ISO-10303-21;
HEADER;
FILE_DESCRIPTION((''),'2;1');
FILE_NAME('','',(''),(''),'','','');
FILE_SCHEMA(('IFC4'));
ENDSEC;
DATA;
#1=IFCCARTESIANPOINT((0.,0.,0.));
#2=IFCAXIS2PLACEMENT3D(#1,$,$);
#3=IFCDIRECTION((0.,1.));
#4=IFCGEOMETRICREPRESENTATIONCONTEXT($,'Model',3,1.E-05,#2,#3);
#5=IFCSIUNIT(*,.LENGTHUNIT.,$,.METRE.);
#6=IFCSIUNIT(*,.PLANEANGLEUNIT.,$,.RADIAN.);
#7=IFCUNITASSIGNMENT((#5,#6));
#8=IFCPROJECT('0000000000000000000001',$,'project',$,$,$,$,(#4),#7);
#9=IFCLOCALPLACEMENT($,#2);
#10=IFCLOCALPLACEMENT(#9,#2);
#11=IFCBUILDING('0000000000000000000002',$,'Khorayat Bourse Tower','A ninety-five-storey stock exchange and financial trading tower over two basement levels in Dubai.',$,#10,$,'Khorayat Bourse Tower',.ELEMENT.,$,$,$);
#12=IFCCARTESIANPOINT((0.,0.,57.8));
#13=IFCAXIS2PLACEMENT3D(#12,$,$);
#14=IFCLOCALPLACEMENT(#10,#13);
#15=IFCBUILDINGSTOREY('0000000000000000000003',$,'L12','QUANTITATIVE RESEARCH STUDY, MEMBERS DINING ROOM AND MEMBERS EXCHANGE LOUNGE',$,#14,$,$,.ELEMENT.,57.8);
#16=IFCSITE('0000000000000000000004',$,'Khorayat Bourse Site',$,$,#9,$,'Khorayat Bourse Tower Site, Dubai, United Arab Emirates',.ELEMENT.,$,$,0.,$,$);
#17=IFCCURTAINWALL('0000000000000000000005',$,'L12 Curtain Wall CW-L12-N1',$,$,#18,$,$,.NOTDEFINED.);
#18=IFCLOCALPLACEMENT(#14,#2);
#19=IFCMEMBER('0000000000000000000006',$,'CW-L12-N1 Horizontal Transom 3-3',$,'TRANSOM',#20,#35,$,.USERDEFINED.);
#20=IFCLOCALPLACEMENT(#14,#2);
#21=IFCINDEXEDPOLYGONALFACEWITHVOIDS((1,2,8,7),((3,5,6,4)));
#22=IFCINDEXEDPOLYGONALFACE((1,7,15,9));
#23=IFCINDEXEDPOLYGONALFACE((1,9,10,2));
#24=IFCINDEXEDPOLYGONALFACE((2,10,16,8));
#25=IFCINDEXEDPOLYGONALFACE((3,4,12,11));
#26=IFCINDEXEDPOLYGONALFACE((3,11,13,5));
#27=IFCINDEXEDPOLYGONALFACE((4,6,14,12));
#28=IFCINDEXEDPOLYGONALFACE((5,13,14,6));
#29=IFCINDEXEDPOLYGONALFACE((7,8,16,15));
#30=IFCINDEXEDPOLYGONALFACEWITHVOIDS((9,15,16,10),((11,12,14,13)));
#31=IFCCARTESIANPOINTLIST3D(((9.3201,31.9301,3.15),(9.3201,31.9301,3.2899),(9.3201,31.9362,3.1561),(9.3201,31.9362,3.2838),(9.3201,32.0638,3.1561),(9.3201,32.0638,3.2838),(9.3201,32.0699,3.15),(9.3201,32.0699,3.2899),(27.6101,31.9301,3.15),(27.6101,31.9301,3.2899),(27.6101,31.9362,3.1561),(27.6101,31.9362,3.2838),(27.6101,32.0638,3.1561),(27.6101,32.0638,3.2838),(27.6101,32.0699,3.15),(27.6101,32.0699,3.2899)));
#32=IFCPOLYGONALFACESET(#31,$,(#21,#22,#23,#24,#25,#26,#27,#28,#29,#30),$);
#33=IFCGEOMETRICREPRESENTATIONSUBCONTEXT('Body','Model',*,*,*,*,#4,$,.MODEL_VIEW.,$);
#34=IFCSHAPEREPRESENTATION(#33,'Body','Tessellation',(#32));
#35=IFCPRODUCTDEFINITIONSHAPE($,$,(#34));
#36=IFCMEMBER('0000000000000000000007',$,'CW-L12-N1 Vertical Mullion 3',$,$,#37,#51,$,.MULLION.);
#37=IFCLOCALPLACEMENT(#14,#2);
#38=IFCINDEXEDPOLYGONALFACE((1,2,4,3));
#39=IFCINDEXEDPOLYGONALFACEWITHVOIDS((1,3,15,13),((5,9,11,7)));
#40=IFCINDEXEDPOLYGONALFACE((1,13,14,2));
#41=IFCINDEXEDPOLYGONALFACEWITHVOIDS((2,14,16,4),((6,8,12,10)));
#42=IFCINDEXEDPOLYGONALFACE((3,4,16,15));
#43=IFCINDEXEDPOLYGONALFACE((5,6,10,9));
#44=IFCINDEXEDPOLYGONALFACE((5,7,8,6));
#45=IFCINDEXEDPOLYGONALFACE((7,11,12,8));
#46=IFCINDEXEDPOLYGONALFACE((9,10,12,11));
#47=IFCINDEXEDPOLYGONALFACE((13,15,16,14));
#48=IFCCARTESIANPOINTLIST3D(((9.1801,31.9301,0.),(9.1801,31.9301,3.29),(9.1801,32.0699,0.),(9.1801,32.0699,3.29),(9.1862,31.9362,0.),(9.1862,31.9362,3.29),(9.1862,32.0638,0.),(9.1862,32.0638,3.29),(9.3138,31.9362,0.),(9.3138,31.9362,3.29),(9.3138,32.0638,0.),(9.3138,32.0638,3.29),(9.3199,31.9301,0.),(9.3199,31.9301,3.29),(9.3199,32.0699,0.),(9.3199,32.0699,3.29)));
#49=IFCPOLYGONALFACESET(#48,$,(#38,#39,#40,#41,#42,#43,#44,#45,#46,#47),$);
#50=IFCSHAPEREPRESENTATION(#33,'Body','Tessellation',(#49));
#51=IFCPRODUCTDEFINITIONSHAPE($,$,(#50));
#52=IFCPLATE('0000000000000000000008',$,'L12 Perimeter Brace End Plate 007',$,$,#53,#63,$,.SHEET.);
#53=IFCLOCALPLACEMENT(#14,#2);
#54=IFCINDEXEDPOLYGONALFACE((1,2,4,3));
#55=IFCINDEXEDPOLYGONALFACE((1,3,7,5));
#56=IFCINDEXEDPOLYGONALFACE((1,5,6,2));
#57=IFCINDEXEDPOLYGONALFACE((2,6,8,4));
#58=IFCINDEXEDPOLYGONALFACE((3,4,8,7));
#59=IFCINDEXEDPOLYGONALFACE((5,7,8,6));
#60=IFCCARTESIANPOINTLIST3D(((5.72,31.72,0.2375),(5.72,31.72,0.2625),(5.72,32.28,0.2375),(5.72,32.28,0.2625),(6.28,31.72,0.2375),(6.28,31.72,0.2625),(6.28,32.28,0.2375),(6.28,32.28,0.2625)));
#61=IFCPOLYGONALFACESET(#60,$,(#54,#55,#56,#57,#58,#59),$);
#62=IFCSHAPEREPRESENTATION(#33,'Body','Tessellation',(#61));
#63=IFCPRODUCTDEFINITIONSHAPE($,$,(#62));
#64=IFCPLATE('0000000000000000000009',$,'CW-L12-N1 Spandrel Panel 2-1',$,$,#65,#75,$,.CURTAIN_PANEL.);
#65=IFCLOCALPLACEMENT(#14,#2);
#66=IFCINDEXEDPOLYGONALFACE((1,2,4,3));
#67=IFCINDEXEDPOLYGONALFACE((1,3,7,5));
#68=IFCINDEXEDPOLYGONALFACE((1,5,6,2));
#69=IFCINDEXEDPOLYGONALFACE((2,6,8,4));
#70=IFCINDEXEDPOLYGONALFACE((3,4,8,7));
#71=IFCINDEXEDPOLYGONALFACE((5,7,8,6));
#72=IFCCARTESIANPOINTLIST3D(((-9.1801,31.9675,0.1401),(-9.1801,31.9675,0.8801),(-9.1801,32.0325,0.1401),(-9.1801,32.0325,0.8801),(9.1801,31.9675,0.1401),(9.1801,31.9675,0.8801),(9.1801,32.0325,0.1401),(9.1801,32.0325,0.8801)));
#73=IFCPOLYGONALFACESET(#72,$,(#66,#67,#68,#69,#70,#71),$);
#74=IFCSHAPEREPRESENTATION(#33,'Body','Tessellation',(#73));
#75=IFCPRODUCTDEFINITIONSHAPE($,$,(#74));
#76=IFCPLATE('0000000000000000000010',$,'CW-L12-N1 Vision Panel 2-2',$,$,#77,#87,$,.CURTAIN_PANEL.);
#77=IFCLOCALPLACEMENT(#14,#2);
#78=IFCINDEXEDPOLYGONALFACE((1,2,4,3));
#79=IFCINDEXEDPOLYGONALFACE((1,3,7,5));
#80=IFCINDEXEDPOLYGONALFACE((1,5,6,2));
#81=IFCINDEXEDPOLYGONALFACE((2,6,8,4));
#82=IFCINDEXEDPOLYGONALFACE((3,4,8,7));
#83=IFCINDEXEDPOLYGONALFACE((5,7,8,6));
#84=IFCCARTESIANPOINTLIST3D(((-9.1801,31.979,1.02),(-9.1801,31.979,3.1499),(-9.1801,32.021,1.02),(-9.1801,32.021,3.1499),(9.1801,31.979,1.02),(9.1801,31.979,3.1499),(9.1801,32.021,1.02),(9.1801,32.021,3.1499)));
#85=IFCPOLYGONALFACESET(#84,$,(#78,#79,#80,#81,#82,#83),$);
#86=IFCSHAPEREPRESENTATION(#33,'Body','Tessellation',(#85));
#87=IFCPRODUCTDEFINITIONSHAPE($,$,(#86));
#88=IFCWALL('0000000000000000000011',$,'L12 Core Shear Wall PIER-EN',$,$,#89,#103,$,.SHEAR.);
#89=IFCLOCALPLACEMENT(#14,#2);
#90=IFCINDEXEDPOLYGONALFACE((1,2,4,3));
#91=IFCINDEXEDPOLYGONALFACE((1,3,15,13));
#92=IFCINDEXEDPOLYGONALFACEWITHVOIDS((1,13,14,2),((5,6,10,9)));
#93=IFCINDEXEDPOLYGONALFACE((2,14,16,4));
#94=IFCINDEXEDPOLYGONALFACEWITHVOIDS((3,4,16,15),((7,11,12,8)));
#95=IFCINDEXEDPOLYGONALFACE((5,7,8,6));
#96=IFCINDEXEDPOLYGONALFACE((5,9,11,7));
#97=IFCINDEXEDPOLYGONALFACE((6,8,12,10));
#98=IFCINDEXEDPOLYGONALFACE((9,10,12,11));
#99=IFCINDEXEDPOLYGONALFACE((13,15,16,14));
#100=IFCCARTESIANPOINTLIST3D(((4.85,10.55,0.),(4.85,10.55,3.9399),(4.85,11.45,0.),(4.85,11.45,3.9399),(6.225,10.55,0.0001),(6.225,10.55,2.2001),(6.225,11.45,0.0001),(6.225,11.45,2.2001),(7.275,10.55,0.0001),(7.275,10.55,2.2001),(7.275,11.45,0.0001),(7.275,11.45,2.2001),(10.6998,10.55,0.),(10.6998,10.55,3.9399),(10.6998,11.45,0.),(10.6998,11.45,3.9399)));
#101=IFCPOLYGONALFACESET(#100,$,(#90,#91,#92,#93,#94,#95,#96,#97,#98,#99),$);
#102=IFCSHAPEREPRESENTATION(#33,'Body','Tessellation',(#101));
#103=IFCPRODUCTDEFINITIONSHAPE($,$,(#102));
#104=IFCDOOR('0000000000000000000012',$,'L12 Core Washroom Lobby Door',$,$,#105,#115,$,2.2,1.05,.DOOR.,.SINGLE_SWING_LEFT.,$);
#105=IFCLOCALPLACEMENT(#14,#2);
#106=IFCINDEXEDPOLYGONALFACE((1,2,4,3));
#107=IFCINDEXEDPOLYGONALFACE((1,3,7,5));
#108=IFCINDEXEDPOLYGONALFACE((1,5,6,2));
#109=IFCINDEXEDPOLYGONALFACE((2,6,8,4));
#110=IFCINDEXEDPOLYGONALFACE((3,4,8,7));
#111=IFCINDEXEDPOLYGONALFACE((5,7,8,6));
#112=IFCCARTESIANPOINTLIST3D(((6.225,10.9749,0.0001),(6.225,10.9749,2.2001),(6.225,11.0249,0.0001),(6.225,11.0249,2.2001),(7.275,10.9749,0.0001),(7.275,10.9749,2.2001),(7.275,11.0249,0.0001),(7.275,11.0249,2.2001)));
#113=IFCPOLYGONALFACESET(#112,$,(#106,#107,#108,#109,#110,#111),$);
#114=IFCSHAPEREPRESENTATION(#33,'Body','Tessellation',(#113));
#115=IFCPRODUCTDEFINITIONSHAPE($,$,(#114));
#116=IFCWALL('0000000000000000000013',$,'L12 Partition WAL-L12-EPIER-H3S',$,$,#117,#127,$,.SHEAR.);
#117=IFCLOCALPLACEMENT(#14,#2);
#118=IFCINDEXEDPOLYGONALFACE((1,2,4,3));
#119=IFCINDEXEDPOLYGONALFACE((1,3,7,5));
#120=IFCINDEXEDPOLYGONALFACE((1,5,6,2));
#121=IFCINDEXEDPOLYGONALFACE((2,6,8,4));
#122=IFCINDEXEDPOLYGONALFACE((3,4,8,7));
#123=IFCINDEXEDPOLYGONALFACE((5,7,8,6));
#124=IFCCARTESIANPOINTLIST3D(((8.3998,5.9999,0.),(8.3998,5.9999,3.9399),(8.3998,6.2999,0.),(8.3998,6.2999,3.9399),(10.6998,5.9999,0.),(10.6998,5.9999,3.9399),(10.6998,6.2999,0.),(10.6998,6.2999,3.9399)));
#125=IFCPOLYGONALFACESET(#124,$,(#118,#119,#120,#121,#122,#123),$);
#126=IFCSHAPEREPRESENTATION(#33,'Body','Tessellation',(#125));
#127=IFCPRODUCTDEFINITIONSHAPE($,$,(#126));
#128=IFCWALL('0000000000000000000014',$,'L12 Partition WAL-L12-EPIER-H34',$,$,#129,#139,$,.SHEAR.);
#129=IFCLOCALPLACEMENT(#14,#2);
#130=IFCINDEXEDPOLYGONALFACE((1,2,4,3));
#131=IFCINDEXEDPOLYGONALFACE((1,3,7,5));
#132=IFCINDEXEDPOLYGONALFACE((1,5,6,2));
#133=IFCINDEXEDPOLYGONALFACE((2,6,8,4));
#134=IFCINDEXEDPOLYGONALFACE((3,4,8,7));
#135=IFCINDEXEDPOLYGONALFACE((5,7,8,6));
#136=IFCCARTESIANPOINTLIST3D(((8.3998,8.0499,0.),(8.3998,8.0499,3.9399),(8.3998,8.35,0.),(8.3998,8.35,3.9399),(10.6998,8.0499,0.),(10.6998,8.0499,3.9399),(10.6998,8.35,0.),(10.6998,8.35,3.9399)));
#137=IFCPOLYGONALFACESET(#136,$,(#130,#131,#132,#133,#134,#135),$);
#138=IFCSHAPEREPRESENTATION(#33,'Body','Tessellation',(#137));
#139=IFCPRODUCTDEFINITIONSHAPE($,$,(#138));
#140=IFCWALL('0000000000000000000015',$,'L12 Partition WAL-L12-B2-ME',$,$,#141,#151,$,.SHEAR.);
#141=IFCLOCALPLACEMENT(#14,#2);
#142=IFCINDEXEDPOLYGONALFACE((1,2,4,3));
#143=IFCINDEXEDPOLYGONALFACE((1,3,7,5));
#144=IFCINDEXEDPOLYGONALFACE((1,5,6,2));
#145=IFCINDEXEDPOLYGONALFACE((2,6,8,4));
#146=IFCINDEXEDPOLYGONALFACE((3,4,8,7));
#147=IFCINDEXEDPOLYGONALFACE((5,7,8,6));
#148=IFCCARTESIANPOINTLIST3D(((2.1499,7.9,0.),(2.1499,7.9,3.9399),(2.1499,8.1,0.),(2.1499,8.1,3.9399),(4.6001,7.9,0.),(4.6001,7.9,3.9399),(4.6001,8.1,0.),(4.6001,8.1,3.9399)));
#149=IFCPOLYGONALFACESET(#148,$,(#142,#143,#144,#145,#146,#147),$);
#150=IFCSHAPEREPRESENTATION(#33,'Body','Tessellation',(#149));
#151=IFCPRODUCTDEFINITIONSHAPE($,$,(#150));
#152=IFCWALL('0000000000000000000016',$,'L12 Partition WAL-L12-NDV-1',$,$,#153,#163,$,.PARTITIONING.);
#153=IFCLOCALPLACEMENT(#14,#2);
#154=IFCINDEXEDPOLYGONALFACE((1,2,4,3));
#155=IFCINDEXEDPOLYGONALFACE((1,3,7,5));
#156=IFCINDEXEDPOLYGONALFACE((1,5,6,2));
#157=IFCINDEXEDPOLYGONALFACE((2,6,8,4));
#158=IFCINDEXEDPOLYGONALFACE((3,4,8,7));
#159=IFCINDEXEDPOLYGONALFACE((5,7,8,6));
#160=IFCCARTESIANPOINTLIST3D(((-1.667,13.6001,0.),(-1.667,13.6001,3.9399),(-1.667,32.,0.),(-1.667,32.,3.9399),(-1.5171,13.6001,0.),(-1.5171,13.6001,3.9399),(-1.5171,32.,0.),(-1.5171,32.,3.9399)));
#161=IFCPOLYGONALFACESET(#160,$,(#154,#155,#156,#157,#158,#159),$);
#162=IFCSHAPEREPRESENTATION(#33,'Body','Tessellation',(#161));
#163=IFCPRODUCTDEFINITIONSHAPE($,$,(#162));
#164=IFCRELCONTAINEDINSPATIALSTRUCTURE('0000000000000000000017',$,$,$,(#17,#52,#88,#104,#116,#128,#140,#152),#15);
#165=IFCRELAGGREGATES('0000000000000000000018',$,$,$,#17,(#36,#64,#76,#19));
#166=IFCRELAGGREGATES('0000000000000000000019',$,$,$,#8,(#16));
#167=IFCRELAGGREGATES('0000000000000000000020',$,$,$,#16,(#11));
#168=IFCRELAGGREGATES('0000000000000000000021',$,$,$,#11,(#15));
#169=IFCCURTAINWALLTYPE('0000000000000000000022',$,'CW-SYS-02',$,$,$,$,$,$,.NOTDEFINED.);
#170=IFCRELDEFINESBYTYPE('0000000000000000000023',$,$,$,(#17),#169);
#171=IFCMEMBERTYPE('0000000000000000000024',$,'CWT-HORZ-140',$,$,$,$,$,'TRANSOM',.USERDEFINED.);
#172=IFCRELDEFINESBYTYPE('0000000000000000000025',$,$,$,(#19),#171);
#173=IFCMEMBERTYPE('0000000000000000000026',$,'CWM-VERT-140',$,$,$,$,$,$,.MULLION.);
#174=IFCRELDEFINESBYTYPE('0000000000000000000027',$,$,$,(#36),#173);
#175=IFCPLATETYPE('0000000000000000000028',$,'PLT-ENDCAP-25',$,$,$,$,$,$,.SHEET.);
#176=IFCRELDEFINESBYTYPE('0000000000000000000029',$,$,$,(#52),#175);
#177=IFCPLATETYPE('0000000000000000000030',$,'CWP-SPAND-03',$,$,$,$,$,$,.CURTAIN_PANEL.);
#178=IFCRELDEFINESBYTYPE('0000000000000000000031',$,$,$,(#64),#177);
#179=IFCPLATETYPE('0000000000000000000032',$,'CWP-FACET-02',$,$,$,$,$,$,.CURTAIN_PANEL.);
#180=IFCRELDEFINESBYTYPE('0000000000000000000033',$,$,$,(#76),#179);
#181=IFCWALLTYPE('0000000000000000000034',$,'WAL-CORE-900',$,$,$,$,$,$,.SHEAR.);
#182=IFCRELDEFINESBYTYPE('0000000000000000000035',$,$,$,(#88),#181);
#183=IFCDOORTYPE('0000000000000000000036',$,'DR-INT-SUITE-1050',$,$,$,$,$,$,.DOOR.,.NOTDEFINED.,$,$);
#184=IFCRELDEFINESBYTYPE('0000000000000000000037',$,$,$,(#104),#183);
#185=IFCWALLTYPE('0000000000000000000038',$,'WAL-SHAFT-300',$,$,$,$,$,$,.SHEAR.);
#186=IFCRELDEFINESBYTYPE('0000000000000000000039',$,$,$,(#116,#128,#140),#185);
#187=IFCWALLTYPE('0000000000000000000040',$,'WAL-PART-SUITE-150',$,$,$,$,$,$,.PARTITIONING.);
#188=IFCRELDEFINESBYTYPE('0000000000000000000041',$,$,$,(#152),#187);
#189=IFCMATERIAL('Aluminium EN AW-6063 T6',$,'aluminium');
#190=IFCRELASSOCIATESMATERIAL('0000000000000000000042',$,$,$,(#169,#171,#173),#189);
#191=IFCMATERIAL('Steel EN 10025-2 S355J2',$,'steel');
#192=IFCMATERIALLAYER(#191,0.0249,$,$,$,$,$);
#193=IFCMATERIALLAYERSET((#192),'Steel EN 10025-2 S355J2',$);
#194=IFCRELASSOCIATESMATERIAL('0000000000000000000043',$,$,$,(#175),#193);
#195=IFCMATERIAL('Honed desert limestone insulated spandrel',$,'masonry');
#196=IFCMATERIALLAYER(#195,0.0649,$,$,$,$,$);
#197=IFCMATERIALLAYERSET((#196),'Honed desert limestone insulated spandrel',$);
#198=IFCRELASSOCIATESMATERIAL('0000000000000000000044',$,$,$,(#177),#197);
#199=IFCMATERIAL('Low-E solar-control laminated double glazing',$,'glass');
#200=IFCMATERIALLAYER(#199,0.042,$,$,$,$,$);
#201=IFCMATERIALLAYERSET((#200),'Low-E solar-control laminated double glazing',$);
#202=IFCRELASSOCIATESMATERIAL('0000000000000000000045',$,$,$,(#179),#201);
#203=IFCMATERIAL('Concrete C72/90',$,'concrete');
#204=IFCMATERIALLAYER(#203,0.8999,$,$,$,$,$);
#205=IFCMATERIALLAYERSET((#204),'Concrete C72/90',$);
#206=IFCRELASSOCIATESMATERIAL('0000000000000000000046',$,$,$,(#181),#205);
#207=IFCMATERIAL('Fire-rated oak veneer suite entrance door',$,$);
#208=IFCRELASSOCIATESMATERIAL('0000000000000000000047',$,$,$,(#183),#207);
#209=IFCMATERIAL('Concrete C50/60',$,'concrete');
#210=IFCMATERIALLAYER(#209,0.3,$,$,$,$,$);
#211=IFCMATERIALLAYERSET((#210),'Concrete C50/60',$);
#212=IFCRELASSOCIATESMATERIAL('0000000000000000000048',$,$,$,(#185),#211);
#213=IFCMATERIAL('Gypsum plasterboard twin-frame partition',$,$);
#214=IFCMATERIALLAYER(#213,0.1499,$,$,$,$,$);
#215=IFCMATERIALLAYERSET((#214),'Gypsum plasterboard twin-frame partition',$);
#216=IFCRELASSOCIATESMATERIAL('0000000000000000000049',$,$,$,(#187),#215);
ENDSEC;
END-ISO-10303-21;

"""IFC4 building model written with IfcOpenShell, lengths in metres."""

from ifc_helpers import new_model, si_unit, direction, frame, frame_2d, origin, origin_2d, place, context, subcontext, project, spatial, rectangle, hollow_rectangle, extrude, source, transform, mapped, material, layer, layer_set, material_profile, profile_set, type_object, element, fill, aggregate, save


model = new_model("IFC4")

# Units and contexts
model_context = context("Model", 3, precision=1e-05, world=origin(), true_north=direction((0.0, 1.0)))
body_context = subcontext(model_context, "Body", "Model", "MODEL_VIEW")
ifc_project = project(units=[si_unit("LENGTHUNIT", "METRE"), si_unit("PLANEANGLEUNIT", "RADIAN")], contexts=[model_context])

# Site, building, storey
site_placement = place(None, origin())
site = spatial("IfcSite", under=ifc_project, at=site_placement, Name="Khorayat Bourse Site", LongName="Khorayat Bourse Tower Site, Dubai, United Arab Emirates", CompositionType="ELEMENT", RefElevation=0.0)
building_placement = place(site_placement, origin())
building = spatial("IfcBuilding", under=site, at=building_placement, Name="Khorayat Bourse Tower", Description="A ninety-five-storey stock exchange and financial trading tower over two basement levels in Dubai.", LongName="Khorayat Bourse Tower", CompositionType="ELEMENT")
storey_placement = place(building_placement, frame((0.0, 0.0, 57.8)))
storey = spatial("IfcBuildingStorey", under=building, at=storey_placement, Name="L12", Description="QUANTITATIVE RESEARCH STUDY, MEMBERS DINING ROOM AND MEMBERS EXCHANGE LOUNGE", CompositionType="ELEMENT", Elevation=57.8)

# Shared definitions
ifc_material_1 = material(Name="Concrete C72/90", Category="concrete")

# Curtain wall, members
ifc_material_2 = material(Name="Aluminium EN AW-6063 T6", Category="aluminium")
curtain_wall_type = type_object("IfcCurtainWallType", Name="CW-SYS-02", PredefinedType="NOTDEFINED", material=ifc_material_2)
curtain_wall_placement = place(storey_placement, origin())
curtain_wall = element("IfcCurtainWall", 1, at=curtain_wall_placement, inside=storey, type_object=curtain_wall_type, Name="L12 Curtain Wall CW-L12-N1", PredefinedType="NOTDEFINED")
ifc_material_profile_1 = material_profile(ifc_material_2, hollow_rectangle(XDim=0.1399, YDim=0.1399, WallThickness=0.0061, at=origin_2d()), Name="ALU 140x140x6")
ifc_profile_set_1 = profile_set([ifc_material_profile_1], Name="Aluminium EN AW-6063 T6")
member_type_1 = type_object("IfcMemberType", Name="CWT-HORZ-140", ElementType="TRANSOM", PredefinedType="USERDEFINED", material=ifc_profile_set_1)
shared_shape_1 = source(origin(), body_context, "Body", "SweptSolid", [
    extrude(hollow_rectangle(XDim=0.1399, YDim=0.1399, WallThickness=0.0061, at=origin_2d()), origin(), (0.0, 0.0, 1.0), 18.29),
])
member_1_placement = place(storey_placement, frame((9.3201, 32.0, 3.22), z_axis=(1.0, 0.0, 0.0), x_axis=(0.0, 1.0, 0.0)))
member_1 = element("IfcMember", 2, at=member_1_placement, type_object=member_type_1, Name="CW-L12-N1 Horizontal Transom 3-3", ObjectType="TRANSOM", PredefinedType="USERDEFINED", context=body_context, shape_type="MappedRepresentation", body=[
    mapped(shared_shape_1, transform((0.0, 0.0, 0.0), scale=1.0)),
])
ifc_material_profile_2 = material_profile(ifc_material_2, hollow_rectangle(XDim=0.1399, YDim=0.1399, WallThickness=0.0061, at=origin_2d()), Name="ALU 140x140x6")
ifc_profile_set_2 = profile_set([ifc_material_profile_2], Name="Aluminium EN AW-6063 T6")
member_type_2 = type_object("IfcMemberType", Name="CWM-VERT-140", PredefinedType="MULLION", material=ifc_profile_set_2)
shared_shape_2 = source(origin(), body_context, "Body", "SweptSolid", [
    extrude(hollow_rectangle(XDim=0.1399, YDim=0.1399, WallThickness=0.0061, at=origin_2d()), origin(), (0.0, 0.0, 1.0), 3.29),
])
member_2_placement = place(storey_placement, frame((9.25, 32.0, 0.0), z_axis=(0.0, 0.0, 1.0), x_axis=(0.0, 1.0, 0.0)))
member_2 = element("IfcMember", 3, at=member_2_placement, type_object=member_type_2, Name="CW-L12-N1 Vertical Mullion 3", PredefinedType="MULLION", context=body_context, shape_type="MappedRepresentation", body=[
    mapped(shared_shape_2, transform((0.0, 0.0, 0.0), scale=1.0)),
])

# Plates
ifc_material_3 = material(Name="Steel EN 10025-2 S355J2", Category="steel")
ifc_layer_1 = layer(ifc_material_3, 0.0249)
ifc_layer_set_1 = layer_set([ifc_layer_1], Name="Steel EN 10025-2 S355J2")
plate_type_1 = type_object("IfcPlateType", Name="PLT-ENDCAP-25", PredefinedType="SHEET", material=ifc_layer_set_1)
shared_shape_3 = source(origin(), body_context, "Body", "SweptSolid", [
    extrude(rectangle(XDim=0.5601, YDim=0.5601, at=origin_2d()), origin(), (0.0, 0.0, 1.0), 0.0249),
])
plate_1_placement = place(storey_placement, frame((6.0, 32.0, 0.2375), z_axis=(0.0, 0.0, 1.0), x_axis=(1.0, 0.0, 0.0)))
element("IfcPlate", 4, at=plate_1_placement, inside=storey, type_object=plate_type_1, Name="L12 Perimeter Brace End Plate 007", PredefinedType="SHEET", context=body_context, shape_type="MappedRepresentation", body=[
    mapped(shared_shape_3, transform((0.0, 0.0, 0.0), scale=1.0)),
])
ifc_material_4 = material(Name="Honed desert limestone insulated spandrel", Category="masonry")
ifc_layer_2 = layer(ifc_material_4, 0.0649)
ifc_layer_set_2 = layer_set([ifc_layer_2], Name="Honed desert limestone insulated spandrel")
plate_type_2 = type_object("IfcPlateType", Name="CWP-SPAND-03", PredefinedType="CURTAIN_PANEL", material=ifc_layer_set_2)
shared_shape_4 = source(origin(), body_context, "Body", "SweptSolid", [
    extrude(rectangle(XDim=18.3601, YDim=0.0649, at=origin_2d()), origin(), (0.0, 0.0, 1.0), 0.74),
])
plate_2_placement = place(storey_placement, frame((0.0, 32.0, 0.1401), z_axis=(0.0, 0.0, 1.0), x_axis=(1.0, 0.0, 0.0)))
plate_2 = element("IfcPlate", 5, at=plate_2_placement, type_object=plate_type_2, Name="CW-L12-N1 Spandrel Panel 2-1", PredefinedType="CURTAIN_PANEL", context=body_context, shape_type="MappedRepresentation", body=[
    mapped(shared_shape_4, transform((0.0, 0.0, 0.0), scale=1.0)),
])
ifc_material_5 = material(Name="Low-E solar-control laminated double glazing", Category="glass")
ifc_layer_3 = layer(ifc_material_5, 0.042)
ifc_layer_set_3 = layer_set([ifc_layer_3], Name="Low-E solar-control laminated double glazing")
plate_type_3 = type_object("IfcPlateType", Name="CWP-FACET-02", PredefinedType="CURTAIN_PANEL", material=ifc_layer_set_3)
shared_shape_5 = source(origin(), body_context, "Body", "SweptSolid", [
    extrude(rectangle(XDim=18.3601, YDim=0.042, at=origin_2d()), origin(), (0.0, 0.0, 1.0), 2.1299),
])
plate_3_placement = place(storey_placement, frame((0.0, 32.0, 1.02), z_axis=(0.0, 0.0, 1.0), x_axis=(1.0, 0.0, 0.0)))
plate_3 = element("IfcPlate", 6, at=plate_3_placement, type_object=plate_type_3, Name="CW-L12-N1 Vision Panel 2-2", PredefinedType="CURTAIN_PANEL", context=body_context, shape_type="MappedRepresentation", body=[
    mapped(shared_shape_5, transform((0.0, 0.0, 0.0), scale=1.0)),
])
aggregate(curtain_wall, [member_2, plate_2, plate_3, member_1])

# Wall, opening, door
ifc_layer_4 = layer(ifc_material_1, 0.8999)
ifc_layer_set_4 = layer_set([ifc_layer_4], Name="Concrete C72/90")
wall_type_1 = type_object("IfcWallType", Name="WAL-CORE-900", PredefinedType="SHEAR", material=ifc_layer_set_4)
shared_shape_6 = source(origin(), body_context, "Body", "SweptSolid", [
    extrude(rectangle(XDim=5.8499, YDim=0.8999, at=frame_2d((2.9248, 0.0))), origin(), (0.0, 0.0, 1.0), 3.9399),
])
wall_1_placement = place(storey_placement, frame((4.8501, 11.0, 0.0), z_axis=(0.0, 0.0, 1.0), x_axis=(1.0, 0.0, 0.0)))
wall_1 = element("IfcWall", 7, at=wall_1_placement, inside=storey, type_object=wall_type_1, Name="L12 Core Shear Wall PIER-EN", PredefinedType="SHEAR", context=body_context, shape_type="MappedRepresentation", body=[
    mapped(shared_shape_6, transform((0.0, 0.0, 0.0), scale=1.0)),
])
shared_shape_7 = source(origin(), body_context, "Body", "SweptSolid", [
    extrude(rectangle(XDim=1.05, YDim=2.2, at=frame_2d((0.5249, 1.1001))), frame((0.0, 0.46, 0.0), z_axis=(0.0, -1.0, 0.0), x_axis=(1.0, 0.0, 0.0)), (0.0, 0.0, 1.0), 0.9199),
])
opening_1_placement = place(wall_1_placement, frame((1.375, 0.0, 0.0)))
opening_1 = element("IfcOpeningElement", 8, at=opening_1_placement, cuts=wall_1, PredefinedType="OPENING", context=body_context, shape_type="MappedRepresentation", body=[
    mapped(shared_shape_7, transform((0.0, 0.0, 0.0), scale=1.0)),
])
ifc_material_6 = material(Name="Fire-rated oak veneer suite entrance door")
door_type_1 = type_object("IfcDoorType", Name="DR-INT-SUITE-1050", OperationType="NOTDEFINED", PredefinedType="DOOR", material=ifc_material_6)
shared_shape_8 = source(origin(), body_context, "Body", "SweptSolid", [
    extrude(rectangle(XDim=1.05, YDim=2.2, at=frame_2d((0.5249, 1.1001))), frame((0.0, 0.0249, 0.0), z_axis=(0.0, -1.0, 0.0), x_axis=(1.0, 0.0, 0.0)), (0.0, 0.0, 1.0), 0.05),
])
door_1_placement = place(opening_1_placement, origin())
door_1 = element("IfcDoor", 9, at=door_1_placement, inside=storey, type_object=door_type_1, Name="L12 Core Washroom Lobby Door", OperationType="SINGLE_SWING_LEFT", OverallHeight=2.2, OverallWidth=1.05, PredefinedType="DOOR", context=body_context, shape_type="MappedRepresentation", body=[
    mapped(shared_shape_8, transform((0.0, 0.0, 0.0), scale=1.0)),
])
fill(opening_1, door_1)

# Walls
ifc_material_7 = material(Name="Concrete C50/60", Category="concrete")
ifc_layer_5 = layer(ifc_material_7, 0.3)
ifc_layer_set_5 = layer_set([ifc_layer_5], Name="Concrete C50/60")
wall_type_2 = type_object("IfcWallType", Name="WAL-SHAFT-300", PredefinedType="SHEAR", material=ifc_layer_set_5)
shared_shape_9 = source(origin(), body_context, "Body", "SweptSolid", [
    extrude(rectangle(XDim=2.3, YDim=0.3, at=frame_2d((1.1499, 0.0))), origin(), (0.0, 0.0, 1.0), 3.9399),
])
for number, where, z_axis, x_axis, name in (
    (10, (8.3999, 6.1499, 0.0), (0.0, 0.0, 1.0), (1.0, 0.0, 0.0), "L12 Partition WAL-L12-EPIER-H3S"),
    (11, (8.3999, 8.2, 0.0), (0.0, 0.0, 1.0), (1.0, 0.0, 0.0), "L12 Partition WAL-L12-EPIER-H34"),
):
    element("IfcWall", number, at=place(storey_placement, frame(where, z_axis=z_axis, x_axis=x_axis)), inside=storey, type_object=wall_type_2, Name=name, PredefinedType="SHEAR", context=body_context, shape_type="MappedRepresentation", body=[
        mapped(shared_shape_9, transform((0.0, 0.0, 0.0), scale=1.0)),
    ])

# Walls
shared_shape_10 = source(origin(), body_context, "Body", "SweptSolid", [
    extrude(rectangle(XDim=2.4502, YDim=0.2, at=frame_2d((1.2251, 0.0))), origin(), (0.0, 0.0, 1.0), 3.9399),
])
wall_2_placement = place(storey_placement, frame((2.1499, 8.0, 0.0), z_axis=(0.0, 0.0, 1.0), x_axis=(1.0, 0.0, 0.0)))
element("IfcWall", 12, at=wall_2_placement, inside=storey, type_object=wall_type_2, Name="L12 Partition WAL-L12-B2-ME", PredefinedType="SHEAR", context=body_context, shape_type="MappedRepresentation", body=[
    mapped(shared_shape_10, transform((0.0, 0.0, 0.0), scale=1.0)),
])
ifc_material_8 = material(Name="Gypsum plasterboard twin-frame partition")
ifc_layer_6 = layer(ifc_material_8, 0.1499)
ifc_layer_set_6 = layer_set([ifc_layer_6], Name="Gypsum plasterboard twin-frame partition")
wall_type_3 = type_object("IfcWallType", Name="WAL-PART-SUITE-150", PredefinedType="PARTITIONING", material=ifc_layer_set_6)
shared_shape_11 = source(origin(), body_context, "Body", "SweptSolid", [
    extrude(rectangle(XDim=18.3999, YDim=0.1499, at=frame_2d((9.2, 0.0))), origin(), (0.0, 0.0, 1.0), 3.9399),
])
wall_3_placement = place(storey_placement, frame((-1.592, 13.6001, 0.0), z_axis=(0.0, 0.0, 1.0), x_axis=(0.0, 1.0, 0.0)))
element("IfcWall", 13, at=wall_3_placement, inside=storey, type_object=wall_type_3, Name="L12 Partition WAL-L12-NDV-1", PredefinedType="PARTITIONING", context=body_context, shape_type="MappedRepresentation", body=[
    mapped(shared_shape_11, transform((0.0, 0.0, 0.0), scale=1.0)),
])

save(model, "model.ifc")
